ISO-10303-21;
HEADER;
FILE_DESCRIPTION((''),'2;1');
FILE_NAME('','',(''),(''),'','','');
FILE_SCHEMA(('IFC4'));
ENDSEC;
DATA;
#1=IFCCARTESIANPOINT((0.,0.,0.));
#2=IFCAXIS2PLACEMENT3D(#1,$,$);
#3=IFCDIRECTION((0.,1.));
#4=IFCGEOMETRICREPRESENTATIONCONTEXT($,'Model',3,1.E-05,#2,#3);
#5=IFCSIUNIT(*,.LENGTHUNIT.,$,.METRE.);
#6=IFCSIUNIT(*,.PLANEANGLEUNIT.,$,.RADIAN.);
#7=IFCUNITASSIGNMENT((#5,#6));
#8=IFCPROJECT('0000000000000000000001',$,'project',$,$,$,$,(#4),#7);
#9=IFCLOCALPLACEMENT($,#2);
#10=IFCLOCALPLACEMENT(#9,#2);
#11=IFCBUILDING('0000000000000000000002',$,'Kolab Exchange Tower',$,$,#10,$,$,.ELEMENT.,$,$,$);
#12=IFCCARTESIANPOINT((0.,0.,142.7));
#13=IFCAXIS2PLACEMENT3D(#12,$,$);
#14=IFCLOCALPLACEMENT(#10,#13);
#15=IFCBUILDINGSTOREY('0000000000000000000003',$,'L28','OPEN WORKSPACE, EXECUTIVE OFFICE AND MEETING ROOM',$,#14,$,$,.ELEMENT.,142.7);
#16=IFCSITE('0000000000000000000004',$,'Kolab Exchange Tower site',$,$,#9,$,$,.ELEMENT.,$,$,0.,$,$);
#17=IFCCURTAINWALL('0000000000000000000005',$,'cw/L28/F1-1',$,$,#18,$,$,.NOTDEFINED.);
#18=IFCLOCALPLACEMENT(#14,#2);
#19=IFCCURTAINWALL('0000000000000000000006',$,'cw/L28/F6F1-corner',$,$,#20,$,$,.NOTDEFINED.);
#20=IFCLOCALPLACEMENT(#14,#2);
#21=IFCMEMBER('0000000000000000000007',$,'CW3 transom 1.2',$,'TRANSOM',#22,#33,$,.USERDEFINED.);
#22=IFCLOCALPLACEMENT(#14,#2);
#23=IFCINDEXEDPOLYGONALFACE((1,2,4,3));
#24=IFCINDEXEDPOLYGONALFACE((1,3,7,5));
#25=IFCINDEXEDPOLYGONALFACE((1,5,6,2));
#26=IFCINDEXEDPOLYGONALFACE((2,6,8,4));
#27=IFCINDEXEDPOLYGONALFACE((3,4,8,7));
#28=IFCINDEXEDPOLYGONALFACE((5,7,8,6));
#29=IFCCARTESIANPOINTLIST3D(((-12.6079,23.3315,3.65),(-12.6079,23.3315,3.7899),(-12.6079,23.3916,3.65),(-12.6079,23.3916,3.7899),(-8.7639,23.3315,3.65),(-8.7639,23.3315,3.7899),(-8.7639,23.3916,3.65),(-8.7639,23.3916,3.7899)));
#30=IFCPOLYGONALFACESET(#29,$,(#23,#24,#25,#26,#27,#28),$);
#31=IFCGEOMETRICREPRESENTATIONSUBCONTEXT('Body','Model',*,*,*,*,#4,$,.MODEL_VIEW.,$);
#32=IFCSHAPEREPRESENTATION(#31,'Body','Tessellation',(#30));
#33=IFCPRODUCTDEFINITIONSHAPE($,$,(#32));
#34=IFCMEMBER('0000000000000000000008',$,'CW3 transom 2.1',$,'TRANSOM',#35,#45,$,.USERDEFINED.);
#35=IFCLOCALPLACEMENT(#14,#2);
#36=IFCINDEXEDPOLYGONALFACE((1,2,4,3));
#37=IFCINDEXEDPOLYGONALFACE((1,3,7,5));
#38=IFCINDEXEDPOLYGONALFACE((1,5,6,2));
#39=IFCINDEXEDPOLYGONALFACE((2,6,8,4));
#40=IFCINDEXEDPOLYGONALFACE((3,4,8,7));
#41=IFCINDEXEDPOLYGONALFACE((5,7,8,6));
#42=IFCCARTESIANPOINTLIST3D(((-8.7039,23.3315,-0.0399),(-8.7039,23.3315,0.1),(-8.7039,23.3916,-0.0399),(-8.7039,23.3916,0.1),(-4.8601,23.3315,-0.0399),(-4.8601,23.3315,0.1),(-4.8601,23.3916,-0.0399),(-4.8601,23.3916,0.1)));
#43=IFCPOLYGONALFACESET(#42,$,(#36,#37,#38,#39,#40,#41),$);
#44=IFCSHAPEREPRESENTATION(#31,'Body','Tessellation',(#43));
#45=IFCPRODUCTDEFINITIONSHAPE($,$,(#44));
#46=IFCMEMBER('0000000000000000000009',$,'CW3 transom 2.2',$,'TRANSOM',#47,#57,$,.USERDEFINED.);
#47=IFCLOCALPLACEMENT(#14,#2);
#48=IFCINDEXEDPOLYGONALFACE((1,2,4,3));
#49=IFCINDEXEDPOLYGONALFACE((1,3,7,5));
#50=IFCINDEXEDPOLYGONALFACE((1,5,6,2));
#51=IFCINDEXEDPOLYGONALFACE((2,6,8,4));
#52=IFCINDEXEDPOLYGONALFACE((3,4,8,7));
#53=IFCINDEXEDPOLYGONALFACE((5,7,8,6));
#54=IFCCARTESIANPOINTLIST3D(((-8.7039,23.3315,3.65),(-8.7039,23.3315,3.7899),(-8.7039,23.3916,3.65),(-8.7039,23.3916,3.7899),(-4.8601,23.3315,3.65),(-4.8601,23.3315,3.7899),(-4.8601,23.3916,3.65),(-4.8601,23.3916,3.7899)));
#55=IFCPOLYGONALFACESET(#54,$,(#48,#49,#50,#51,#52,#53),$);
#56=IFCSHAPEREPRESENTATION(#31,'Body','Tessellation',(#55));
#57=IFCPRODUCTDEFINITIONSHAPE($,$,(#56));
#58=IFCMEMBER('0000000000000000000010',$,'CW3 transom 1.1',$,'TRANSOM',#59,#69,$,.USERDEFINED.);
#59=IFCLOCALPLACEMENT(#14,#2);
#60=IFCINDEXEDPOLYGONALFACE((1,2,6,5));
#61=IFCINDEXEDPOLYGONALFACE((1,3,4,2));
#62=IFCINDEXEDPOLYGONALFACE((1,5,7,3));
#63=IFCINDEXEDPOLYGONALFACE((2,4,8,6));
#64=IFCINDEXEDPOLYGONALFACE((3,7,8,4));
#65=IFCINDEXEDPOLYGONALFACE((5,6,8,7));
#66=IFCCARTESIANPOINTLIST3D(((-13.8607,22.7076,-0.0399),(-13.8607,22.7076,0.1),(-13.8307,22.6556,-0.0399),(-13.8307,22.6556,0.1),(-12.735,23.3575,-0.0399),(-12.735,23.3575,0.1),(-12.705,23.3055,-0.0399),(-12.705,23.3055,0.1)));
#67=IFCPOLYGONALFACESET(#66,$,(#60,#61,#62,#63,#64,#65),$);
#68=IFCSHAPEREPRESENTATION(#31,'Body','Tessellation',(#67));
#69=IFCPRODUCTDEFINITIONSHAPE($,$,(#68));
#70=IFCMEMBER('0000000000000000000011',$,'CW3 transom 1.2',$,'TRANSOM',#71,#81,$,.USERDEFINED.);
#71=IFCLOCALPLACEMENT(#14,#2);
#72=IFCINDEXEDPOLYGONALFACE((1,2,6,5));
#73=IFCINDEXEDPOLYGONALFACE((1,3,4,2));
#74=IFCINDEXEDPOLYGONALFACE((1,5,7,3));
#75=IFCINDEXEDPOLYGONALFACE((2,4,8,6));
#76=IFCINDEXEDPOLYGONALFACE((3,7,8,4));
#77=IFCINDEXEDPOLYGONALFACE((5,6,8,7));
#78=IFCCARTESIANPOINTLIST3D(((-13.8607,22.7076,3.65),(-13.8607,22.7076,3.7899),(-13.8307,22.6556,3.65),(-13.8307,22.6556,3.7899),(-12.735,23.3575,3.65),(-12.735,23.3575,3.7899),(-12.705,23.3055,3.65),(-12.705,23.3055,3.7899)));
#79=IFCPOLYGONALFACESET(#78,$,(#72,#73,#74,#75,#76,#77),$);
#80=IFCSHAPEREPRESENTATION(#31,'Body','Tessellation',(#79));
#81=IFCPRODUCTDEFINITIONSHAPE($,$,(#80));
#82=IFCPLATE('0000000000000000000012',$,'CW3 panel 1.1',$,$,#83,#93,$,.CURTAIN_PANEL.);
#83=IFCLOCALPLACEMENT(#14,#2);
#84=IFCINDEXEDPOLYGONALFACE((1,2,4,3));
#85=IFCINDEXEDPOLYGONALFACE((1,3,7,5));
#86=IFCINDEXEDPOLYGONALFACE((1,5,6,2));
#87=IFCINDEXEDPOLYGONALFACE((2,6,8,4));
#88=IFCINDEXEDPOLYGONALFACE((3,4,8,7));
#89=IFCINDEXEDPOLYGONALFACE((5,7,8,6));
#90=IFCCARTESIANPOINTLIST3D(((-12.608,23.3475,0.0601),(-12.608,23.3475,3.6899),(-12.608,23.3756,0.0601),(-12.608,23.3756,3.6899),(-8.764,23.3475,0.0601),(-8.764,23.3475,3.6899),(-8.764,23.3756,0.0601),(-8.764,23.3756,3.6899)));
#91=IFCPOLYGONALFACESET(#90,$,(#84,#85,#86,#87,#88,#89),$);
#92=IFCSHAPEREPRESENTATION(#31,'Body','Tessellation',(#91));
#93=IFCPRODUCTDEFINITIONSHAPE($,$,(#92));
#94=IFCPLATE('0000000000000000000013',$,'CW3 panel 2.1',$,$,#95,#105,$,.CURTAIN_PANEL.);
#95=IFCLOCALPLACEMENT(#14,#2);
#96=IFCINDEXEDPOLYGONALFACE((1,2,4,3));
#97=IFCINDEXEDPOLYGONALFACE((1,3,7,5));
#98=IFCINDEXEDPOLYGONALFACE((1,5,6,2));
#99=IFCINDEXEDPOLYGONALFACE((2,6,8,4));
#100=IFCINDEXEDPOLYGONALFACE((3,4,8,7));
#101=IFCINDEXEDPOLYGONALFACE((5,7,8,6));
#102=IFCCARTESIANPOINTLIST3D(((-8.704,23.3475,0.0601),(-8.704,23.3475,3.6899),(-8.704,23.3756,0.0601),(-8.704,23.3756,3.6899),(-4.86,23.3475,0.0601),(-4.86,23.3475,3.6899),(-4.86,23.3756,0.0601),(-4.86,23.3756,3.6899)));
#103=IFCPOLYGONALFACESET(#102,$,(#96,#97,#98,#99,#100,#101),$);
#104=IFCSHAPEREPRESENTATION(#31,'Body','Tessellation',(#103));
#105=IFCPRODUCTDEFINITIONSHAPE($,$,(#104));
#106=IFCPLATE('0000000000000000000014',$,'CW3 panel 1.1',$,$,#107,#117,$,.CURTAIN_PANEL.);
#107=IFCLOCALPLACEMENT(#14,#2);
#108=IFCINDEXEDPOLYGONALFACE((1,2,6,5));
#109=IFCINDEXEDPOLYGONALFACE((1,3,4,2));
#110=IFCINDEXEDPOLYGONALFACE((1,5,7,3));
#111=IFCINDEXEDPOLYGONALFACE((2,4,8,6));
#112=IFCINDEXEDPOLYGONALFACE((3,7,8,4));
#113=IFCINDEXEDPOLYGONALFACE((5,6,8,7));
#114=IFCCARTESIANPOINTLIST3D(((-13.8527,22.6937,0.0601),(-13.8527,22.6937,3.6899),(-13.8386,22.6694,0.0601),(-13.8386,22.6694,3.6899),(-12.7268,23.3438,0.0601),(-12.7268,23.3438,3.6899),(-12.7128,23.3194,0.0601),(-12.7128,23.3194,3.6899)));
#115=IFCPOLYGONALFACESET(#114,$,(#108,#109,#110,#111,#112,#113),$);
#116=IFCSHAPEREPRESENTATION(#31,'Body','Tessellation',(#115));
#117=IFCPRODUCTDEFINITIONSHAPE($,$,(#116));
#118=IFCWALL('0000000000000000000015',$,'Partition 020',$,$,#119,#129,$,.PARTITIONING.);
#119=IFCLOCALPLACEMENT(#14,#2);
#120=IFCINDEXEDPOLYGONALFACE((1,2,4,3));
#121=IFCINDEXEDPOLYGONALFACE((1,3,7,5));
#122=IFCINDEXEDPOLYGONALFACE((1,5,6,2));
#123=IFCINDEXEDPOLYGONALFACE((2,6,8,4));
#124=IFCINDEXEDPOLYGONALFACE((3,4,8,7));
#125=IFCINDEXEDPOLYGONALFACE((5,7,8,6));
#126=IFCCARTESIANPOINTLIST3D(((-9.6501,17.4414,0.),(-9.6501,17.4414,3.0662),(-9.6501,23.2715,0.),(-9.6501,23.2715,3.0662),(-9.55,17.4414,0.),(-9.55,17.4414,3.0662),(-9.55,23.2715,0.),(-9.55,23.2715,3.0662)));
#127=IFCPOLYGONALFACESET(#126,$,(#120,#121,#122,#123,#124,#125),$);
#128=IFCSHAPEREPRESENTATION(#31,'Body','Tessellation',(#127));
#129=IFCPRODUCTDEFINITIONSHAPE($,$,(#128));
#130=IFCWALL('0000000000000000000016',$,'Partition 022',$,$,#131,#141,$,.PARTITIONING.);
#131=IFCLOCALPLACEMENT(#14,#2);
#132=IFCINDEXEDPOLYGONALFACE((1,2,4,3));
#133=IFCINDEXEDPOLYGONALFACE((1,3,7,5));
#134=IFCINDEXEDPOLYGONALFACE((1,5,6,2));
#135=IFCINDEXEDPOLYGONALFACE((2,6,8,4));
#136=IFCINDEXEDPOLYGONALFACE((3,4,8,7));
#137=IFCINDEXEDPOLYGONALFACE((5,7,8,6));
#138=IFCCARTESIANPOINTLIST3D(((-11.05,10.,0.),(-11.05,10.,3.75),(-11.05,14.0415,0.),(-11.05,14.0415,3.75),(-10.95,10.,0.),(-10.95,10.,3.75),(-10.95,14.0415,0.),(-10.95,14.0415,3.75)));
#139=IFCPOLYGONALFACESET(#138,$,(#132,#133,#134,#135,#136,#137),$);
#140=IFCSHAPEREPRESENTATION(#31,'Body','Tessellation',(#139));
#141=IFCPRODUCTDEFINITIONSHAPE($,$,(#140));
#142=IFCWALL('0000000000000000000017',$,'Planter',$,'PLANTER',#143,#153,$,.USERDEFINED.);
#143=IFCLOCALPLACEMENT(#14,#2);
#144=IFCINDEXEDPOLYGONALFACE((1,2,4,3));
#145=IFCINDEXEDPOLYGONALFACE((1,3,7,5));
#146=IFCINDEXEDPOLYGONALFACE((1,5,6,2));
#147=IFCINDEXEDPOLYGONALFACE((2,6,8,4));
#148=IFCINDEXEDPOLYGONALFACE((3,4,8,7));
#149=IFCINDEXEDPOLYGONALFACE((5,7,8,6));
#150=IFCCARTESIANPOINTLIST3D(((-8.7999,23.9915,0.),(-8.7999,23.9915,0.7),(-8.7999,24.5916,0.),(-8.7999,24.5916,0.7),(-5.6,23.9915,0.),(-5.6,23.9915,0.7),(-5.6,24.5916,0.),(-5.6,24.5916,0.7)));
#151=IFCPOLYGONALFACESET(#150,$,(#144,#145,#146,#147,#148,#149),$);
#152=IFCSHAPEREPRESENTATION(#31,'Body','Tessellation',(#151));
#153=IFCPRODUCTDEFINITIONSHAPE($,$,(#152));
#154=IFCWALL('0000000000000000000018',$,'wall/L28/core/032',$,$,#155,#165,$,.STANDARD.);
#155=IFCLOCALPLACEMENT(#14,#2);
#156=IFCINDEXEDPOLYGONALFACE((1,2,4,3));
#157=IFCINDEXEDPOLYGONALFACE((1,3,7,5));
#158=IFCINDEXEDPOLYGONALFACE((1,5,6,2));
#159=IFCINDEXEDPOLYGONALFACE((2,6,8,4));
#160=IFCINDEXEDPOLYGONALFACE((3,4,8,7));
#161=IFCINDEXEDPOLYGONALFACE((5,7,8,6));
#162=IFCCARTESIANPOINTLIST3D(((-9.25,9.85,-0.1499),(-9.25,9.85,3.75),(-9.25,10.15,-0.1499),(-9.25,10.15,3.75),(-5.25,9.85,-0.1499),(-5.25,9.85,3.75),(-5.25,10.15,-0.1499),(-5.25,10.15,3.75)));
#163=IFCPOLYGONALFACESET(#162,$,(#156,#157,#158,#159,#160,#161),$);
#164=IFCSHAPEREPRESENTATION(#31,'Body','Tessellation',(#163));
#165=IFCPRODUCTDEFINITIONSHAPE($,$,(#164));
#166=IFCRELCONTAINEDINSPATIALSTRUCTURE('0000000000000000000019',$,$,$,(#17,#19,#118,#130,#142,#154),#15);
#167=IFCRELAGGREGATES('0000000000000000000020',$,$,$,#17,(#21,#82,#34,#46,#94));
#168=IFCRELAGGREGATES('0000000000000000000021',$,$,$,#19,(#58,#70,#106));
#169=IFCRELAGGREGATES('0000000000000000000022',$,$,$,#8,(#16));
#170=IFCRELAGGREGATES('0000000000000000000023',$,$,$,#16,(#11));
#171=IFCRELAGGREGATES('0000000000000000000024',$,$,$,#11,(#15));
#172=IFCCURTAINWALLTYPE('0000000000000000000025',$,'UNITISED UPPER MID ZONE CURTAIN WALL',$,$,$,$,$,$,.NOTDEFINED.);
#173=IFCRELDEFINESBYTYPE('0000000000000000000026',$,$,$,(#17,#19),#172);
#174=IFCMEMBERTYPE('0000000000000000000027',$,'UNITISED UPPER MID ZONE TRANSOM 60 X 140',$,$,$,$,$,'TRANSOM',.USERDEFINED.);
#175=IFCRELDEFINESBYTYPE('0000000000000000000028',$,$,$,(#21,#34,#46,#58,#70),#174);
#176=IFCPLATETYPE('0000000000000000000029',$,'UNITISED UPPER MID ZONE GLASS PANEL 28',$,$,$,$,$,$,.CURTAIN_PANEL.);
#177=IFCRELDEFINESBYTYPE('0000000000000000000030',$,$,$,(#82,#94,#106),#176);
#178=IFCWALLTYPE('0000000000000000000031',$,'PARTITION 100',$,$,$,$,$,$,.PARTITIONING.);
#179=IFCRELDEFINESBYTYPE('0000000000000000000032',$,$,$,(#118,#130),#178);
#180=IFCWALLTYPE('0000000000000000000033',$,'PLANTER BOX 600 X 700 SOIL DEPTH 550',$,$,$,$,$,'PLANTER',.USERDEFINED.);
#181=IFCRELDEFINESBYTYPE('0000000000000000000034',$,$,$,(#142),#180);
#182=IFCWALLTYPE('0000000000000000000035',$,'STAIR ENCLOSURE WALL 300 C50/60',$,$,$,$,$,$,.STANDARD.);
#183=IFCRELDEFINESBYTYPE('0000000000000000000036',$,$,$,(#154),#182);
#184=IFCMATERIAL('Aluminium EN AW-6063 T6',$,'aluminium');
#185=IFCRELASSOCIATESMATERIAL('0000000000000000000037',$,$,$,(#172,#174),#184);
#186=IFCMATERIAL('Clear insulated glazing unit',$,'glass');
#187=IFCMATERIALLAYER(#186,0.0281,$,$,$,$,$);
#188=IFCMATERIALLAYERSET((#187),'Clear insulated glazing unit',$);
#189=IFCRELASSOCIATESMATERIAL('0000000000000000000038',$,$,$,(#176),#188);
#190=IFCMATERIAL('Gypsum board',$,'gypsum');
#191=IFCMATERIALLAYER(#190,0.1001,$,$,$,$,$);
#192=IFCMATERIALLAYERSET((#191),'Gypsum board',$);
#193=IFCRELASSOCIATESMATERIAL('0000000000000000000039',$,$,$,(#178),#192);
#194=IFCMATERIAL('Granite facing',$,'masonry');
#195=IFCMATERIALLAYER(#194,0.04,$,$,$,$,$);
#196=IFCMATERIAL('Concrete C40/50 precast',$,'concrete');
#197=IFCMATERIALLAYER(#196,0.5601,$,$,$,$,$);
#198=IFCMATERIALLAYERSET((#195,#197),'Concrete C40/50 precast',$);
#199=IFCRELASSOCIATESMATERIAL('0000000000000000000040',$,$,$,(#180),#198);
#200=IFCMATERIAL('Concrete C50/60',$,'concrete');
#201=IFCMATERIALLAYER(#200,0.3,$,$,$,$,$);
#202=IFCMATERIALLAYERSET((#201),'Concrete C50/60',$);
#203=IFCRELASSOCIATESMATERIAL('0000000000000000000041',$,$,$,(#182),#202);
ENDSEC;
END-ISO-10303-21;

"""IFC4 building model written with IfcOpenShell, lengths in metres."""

from ifc_helpers import new_model, si_unit, direction, frame, frame_2d, origin, origin_2d, place, context, subcontext, project, spatial, rectangle, extrude, material, layer, layer_set, material_profile, profile_set, type_object, element, aggregate, save


model = new_model("IFC4")

# Units and contexts
model_context = context("Model", 3, precision=1e-05, world=origin(), true_north=direction((0.0, 1.0)))
body_context = subcontext(model_context, "Body", "Model", "MODEL_VIEW")
ifc_project = project(units=[si_unit("LENGTHUNIT", "METRE"), si_unit("PLANEANGLEUNIT", "RADIAN")], contexts=[model_context])

# Site, building, storey
site_placement = place(None, origin())
site = spatial("IfcSite", under=ifc_project, at=site_placement, Name="Kolab Exchange Tower site", CompositionType="ELEMENT", RefElevation=0.0)
building_placement = place(site_placement, origin())
building = spatial("IfcBuilding", under=site, at=building_placement, Name="Kolab Exchange Tower", CompositionType="ELEMENT")
storey_placement = place(building_placement, frame((0.0, 0.0, 142.7)))
storey = spatial("IfcBuildingStorey", under=building, at=storey_placement, Name="L28", Description="OPEN WORKSPACE, EXECUTIVE OFFICE AND MEETING ROOM", CompositionType="ELEMENT", Elevation=142.7)

# Curtain wall
ifc_material_1 = material(Name="Aluminium EN AW-6063 T6", Category="aluminium")
curtain_wall_type = type_object("IfcCurtainWallType", Name="UNITISED UPPER MID ZONE CURTAIN WALL", PredefinedType="NOTDEFINED", material=ifc_material_1)
curtain_wall_1_placement = place(storey_placement, origin())
curtain_wall_1 = element("IfcCurtainWall", 1, at=curtain_wall_1_placement, inside=storey, type_object=curtain_wall_type, Name="cw/L28/F1-1", PredefinedType="NOTDEFINED")

# Curtain wall
curtain_wall_2_placement = place(storey_placement, origin())
curtain_wall_2 = element("IfcCurtainWall", 2, at=curtain_wall_2_placement, inside=storey, type_object=curtain_wall_type, Name="cw/L28/F6F1-corner", PredefinedType="NOTDEFINED")

# Members
ifc_material_profile_1 = material_profile(ifc_material_1, rectangle(XDim=0.0601, YDim=0.1399, at=origin_2d()), Name="RECT 60X140")
ifc_profile_set_1 = profile_set([ifc_material_profile_1], Name="Aluminium EN AW-6063 T6")
member_type_1 = type_object("IfcMemberType", Name="UNITISED UPPER MID ZONE TRANSOM 60 X 140", ElementType="TRANSOM", PredefinedType="USERDEFINED", material=ifc_profile_set_1)
member_1_placement = place(storey_placement, frame((-12.6079, 23.3616, 3.72), z_axis=(1.0, 0.0, 0.0), x_axis=(0.0, 1.0, 0.0)))
member_1 = element("IfcMember", 3, at=member_1_placement, type_object=member_type_1, Name="CW3 transom 1.2", ObjectType="TRANSOM", PredefinedType="USERDEFINED", context=body_context, shape_type="SweptSolid", body=[
    extrude(rectangle(XDim=0.0601, YDim=0.1399, at=origin_2d()), origin(), (0.0, 0.0, 1.0), 3.844),
])
member_2_placement = place(storey_placement, frame((-8.7039, 23.3616, 0.03), z_axis=(1.0, 0.0, 0.0), x_axis=(0.0, 1.0, 0.0)))
member_2 = element("IfcMember", 4, at=member_2_placement, type_object=member_type_1, Name="CW3 transom 2.1", ObjectType="TRANSOM", PredefinedType="USERDEFINED", context=body_context, shape_type="SweptSolid", body=[
    extrude(rectangle(XDim=0.0601, YDim=0.1399, at=origin_2d()), origin(), (0.0, 0.0, 1.0), 3.8438),
])
member_3_placement = place(storey_placement, frame((-8.7039, 23.3616, 3.72), z_axis=(1.0, 0.0, 0.0), x_axis=(0.0, 1.0, 0.0)))
member_3 = element("IfcMember", 5, at=member_3_placement, type_object=member_type_1, Name="CW3 transom 2.2", ObjectType="TRANSOM", PredefinedType="USERDEFINED", context=body_context, shape_type="SweptSolid", body=[
    extrude(rectangle(XDim=0.0601, YDim=0.1399, at=origin_2d()), origin(), (0.0, 0.0, 1.0), 3.8438),
])
member_4_placement = place(storey_placement, frame((-13.8457, 22.6816, 0.03), z_axis=(0.866039, 0.499977, 0.0), x_axis=(-0.499977, 0.866039, 0.0)))
member_4 = element("IfcMember", 6, at=member_4_placement, type_object=member_type_1, Name="CW3 transom 1.1", ObjectType="TRANSOM", PredefinedType="USERDEFINED", context=body_context, shape_type="SweptSolid", body=[
    extrude(rectangle(XDim=0.0601, YDim=0.1399, at=origin_2d()), origin(), (0.0, 0.0, 1.0), 1.2998),
])
member_5_placement = place(storey_placement, frame((-13.8457, 22.6816, 3.72), z_axis=(0.866039, 0.499977, 0.0), x_axis=(-0.499977, 0.866039, 0.0)))
member_5 = element("IfcMember", 7, at=member_5_placement, type_object=member_type_1, Name="CW3 transom 1.2", ObjectType="TRANSOM", PredefinedType="USERDEFINED", context=body_context, shape_type="SweptSolid", body=[
    extrude(rectangle(XDim=0.0601, YDim=0.1399, at=origin_2d()), origin(), (0.0, 0.0, 1.0), 1.2998),
])

# Plates
ifc_material_2 = material(Name="Clear insulated glazing unit", Category="glass")
ifc_layer_1 = layer(ifc_material_2, 0.0281)
ifc_layer_set_1 = layer_set([ifc_layer_1], Name="Clear insulated glazing unit")
plate_type = type_object("IfcPlateType", Name="UNITISED UPPER MID ZONE GLASS PANEL 28", PredefinedType="CURTAIN_PANEL", material=ifc_layer_set_1)
plate_1_placement = place(storey_placement, frame((-10.686, 23.3616, 0.0601), z_axis=(0.0, 0.0, 1.0), x_axis=(1.0, 0.0, 0.0)))
plate_1 = element("IfcPlate", 8, at=plate_1_placement, type_object=plate_type, Name="CW3 panel 1.1", PredefinedType="CURTAIN_PANEL", context=body_context, shape_type="SweptSolid", body=[
    extrude(rectangle(XDim=3.844, YDim=0.0281, at=origin_2d()), origin(), (0.0, 0.0, 1.0), 3.6299),
])
plate_2_placement = place(storey_placement, frame((-6.782, 23.3616, 0.0601), z_axis=(0.0, 0.0, 1.0), x_axis=(1.0, 0.0, 0.0)))
plate_2 = element("IfcPlate", 9, at=plate_2_placement, type_object=plate_type, Name="CW3 panel 2.1", PredefinedType="CURTAIN_PANEL", context=body_context, shape_type="SweptSolid", body=[
    extrude(rectangle(XDim=3.844, YDim=0.0281, at=origin_2d()), origin(), (0.0, 0.0, 1.0), 3.6299),
])
aggregate(curtain_wall_1, [member_1, plate_1, member_2, member_3, plate_2])
plate_3_placement = place(storey_placement, frame((-13.2827, 23.0066, 0.0601), z_axis=(0.0, 0.0, 1.0), x_axis=(0.866025, 0.5, 0.0)))
plate_3 = element("IfcPlate", 10, at=plate_3_placement, type_object=plate_type, Name="CW3 panel 1.1", PredefinedType="CURTAIN_PANEL", context=body_context, shape_type="SweptSolid", body=[
    extrude(rectangle(XDim=1.3, YDim=0.0281, at=origin_2d()), origin(), (0.0, 0.0, 1.0), 3.6299),
])
aggregate(curtain_wall_2, [member_4, member_5, plate_3])

# Walls
ifc_material_3 = material(Name="Gypsum board", Category="gypsum")
ifc_layer_2 = layer(ifc_material_3, 0.1001)
ifc_layer_set_2 = layer_set([ifc_layer_2], Name="Gypsum board")
wall_type_1 = type_object("IfcWallType", Name="PARTITION 100", PredefinedType="PARTITIONING", material=ifc_layer_set_2)
wall_1_placement = place(storey_placement, frame((-9.6001, 17.4414, 0.0), z_axis=(0.0, 0.0, 1.0), x_axis=(0.0, 1.0, 0.0)))
element("IfcWall", 11, at=wall_1_placement, inside=storey, type_object=wall_type_1, Name="Partition 020", PredefinedType="PARTITIONING", context=body_context, shape_type="SweptSolid", body=[
    extrude(rectangle(XDim=5.8301, YDim=0.1001, at=frame_2d((2.915, 0.0))), origin(), (0.0, 0.0, 1.0), 3.0662),
])
wall_2_placement = place(storey_placement, frame((-11.0, 10.0, 0.0), z_axis=(0.0, 0.0, 1.0), x_axis=(0.0, 1.0, 0.0)))
element("IfcWall", 12, at=wall_2_placement, inside=storey, type_object=wall_type_1, Name="Partition 022", PredefinedType="PARTITIONING", context=body_context, shape_type="SweptSolid", body=[
    extrude(rectangle(XDim=4.0415, YDim=0.1001, at=frame_2d((2.0208, 0.0))), origin(), (0.0, 0.0, 1.0), 3.75),
])
ifc_material_4 = material(Name="Granite facing", Category="masonry")
ifc_layer_3 = layer(ifc_material_4, 0.04)
ifc_material_5 = material(Name="Concrete C40/50 precast", Category="concrete")
ifc_layer_4 = layer(ifc_material_5, 0.5601)
ifc_layer_set_3 = layer_set([ifc_layer_3, ifc_layer_4], Name="Concrete C40/50 precast")
wall_type_2 = type_object("IfcWallType", Name="PLANTER BOX 600 X 700 SOIL DEPTH 550", ElementType="PLANTER", PredefinedType="USERDEFINED", material=ifc_layer_set_3)
wall_3_placement = place(storey_placement, frame((-8.8, 24.2915, 0.0), z_axis=(0.0, 0.0, 1.0), x_axis=(1.0, 0.0, 0.0)))
element("IfcWall", 13, at=wall_3_placement, inside=storey, type_object=wall_type_2, Name="Planter", ObjectType="PLANTER", PredefinedType="USERDEFINED", context=body_context, shape_type="SweptSolid", body=[
    extrude(rectangle(XDim=3.2, YDim=0.6001, at=frame_2d((1.6001, 0.0))), origin(), (0.0, 0.0, 1.0), 0.7),
])
ifc_material_6 = material(Name="Concrete C50/60", Category="concrete")
ifc_layer_5 = layer(ifc_material_6, 0.3)
ifc_layer_set_4 = layer_set([ifc_layer_5], Name="Concrete C50/60")
wall_type_3 = type_object("IfcWallType", Name="STAIR ENCLOSURE WALL 300 C50/60", PredefinedType="STANDARD", material=ifc_layer_set_4)
wall_4_placement = place(storey_placement, frame((-9.25, 10.0, -0.1499), z_axis=(0.0, 0.0, 1.0), x_axis=(1.0, 0.0, 0.0)))
element("IfcWall", 14, at=wall_4_placement, inside=storey, type_object=wall_type_3, Name="wall/L28/core/032", PredefinedType="STANDARD", context=body_context, shape_type="SweptSolid", body=[
    extrude(rectangle(XDim=4.0, YDim=0.3, at=frame_2d((2.0, 0.0))), origin(), (0.0, 0.0, 1.0), 3.8999),
])

save(model, "model.ifc")
